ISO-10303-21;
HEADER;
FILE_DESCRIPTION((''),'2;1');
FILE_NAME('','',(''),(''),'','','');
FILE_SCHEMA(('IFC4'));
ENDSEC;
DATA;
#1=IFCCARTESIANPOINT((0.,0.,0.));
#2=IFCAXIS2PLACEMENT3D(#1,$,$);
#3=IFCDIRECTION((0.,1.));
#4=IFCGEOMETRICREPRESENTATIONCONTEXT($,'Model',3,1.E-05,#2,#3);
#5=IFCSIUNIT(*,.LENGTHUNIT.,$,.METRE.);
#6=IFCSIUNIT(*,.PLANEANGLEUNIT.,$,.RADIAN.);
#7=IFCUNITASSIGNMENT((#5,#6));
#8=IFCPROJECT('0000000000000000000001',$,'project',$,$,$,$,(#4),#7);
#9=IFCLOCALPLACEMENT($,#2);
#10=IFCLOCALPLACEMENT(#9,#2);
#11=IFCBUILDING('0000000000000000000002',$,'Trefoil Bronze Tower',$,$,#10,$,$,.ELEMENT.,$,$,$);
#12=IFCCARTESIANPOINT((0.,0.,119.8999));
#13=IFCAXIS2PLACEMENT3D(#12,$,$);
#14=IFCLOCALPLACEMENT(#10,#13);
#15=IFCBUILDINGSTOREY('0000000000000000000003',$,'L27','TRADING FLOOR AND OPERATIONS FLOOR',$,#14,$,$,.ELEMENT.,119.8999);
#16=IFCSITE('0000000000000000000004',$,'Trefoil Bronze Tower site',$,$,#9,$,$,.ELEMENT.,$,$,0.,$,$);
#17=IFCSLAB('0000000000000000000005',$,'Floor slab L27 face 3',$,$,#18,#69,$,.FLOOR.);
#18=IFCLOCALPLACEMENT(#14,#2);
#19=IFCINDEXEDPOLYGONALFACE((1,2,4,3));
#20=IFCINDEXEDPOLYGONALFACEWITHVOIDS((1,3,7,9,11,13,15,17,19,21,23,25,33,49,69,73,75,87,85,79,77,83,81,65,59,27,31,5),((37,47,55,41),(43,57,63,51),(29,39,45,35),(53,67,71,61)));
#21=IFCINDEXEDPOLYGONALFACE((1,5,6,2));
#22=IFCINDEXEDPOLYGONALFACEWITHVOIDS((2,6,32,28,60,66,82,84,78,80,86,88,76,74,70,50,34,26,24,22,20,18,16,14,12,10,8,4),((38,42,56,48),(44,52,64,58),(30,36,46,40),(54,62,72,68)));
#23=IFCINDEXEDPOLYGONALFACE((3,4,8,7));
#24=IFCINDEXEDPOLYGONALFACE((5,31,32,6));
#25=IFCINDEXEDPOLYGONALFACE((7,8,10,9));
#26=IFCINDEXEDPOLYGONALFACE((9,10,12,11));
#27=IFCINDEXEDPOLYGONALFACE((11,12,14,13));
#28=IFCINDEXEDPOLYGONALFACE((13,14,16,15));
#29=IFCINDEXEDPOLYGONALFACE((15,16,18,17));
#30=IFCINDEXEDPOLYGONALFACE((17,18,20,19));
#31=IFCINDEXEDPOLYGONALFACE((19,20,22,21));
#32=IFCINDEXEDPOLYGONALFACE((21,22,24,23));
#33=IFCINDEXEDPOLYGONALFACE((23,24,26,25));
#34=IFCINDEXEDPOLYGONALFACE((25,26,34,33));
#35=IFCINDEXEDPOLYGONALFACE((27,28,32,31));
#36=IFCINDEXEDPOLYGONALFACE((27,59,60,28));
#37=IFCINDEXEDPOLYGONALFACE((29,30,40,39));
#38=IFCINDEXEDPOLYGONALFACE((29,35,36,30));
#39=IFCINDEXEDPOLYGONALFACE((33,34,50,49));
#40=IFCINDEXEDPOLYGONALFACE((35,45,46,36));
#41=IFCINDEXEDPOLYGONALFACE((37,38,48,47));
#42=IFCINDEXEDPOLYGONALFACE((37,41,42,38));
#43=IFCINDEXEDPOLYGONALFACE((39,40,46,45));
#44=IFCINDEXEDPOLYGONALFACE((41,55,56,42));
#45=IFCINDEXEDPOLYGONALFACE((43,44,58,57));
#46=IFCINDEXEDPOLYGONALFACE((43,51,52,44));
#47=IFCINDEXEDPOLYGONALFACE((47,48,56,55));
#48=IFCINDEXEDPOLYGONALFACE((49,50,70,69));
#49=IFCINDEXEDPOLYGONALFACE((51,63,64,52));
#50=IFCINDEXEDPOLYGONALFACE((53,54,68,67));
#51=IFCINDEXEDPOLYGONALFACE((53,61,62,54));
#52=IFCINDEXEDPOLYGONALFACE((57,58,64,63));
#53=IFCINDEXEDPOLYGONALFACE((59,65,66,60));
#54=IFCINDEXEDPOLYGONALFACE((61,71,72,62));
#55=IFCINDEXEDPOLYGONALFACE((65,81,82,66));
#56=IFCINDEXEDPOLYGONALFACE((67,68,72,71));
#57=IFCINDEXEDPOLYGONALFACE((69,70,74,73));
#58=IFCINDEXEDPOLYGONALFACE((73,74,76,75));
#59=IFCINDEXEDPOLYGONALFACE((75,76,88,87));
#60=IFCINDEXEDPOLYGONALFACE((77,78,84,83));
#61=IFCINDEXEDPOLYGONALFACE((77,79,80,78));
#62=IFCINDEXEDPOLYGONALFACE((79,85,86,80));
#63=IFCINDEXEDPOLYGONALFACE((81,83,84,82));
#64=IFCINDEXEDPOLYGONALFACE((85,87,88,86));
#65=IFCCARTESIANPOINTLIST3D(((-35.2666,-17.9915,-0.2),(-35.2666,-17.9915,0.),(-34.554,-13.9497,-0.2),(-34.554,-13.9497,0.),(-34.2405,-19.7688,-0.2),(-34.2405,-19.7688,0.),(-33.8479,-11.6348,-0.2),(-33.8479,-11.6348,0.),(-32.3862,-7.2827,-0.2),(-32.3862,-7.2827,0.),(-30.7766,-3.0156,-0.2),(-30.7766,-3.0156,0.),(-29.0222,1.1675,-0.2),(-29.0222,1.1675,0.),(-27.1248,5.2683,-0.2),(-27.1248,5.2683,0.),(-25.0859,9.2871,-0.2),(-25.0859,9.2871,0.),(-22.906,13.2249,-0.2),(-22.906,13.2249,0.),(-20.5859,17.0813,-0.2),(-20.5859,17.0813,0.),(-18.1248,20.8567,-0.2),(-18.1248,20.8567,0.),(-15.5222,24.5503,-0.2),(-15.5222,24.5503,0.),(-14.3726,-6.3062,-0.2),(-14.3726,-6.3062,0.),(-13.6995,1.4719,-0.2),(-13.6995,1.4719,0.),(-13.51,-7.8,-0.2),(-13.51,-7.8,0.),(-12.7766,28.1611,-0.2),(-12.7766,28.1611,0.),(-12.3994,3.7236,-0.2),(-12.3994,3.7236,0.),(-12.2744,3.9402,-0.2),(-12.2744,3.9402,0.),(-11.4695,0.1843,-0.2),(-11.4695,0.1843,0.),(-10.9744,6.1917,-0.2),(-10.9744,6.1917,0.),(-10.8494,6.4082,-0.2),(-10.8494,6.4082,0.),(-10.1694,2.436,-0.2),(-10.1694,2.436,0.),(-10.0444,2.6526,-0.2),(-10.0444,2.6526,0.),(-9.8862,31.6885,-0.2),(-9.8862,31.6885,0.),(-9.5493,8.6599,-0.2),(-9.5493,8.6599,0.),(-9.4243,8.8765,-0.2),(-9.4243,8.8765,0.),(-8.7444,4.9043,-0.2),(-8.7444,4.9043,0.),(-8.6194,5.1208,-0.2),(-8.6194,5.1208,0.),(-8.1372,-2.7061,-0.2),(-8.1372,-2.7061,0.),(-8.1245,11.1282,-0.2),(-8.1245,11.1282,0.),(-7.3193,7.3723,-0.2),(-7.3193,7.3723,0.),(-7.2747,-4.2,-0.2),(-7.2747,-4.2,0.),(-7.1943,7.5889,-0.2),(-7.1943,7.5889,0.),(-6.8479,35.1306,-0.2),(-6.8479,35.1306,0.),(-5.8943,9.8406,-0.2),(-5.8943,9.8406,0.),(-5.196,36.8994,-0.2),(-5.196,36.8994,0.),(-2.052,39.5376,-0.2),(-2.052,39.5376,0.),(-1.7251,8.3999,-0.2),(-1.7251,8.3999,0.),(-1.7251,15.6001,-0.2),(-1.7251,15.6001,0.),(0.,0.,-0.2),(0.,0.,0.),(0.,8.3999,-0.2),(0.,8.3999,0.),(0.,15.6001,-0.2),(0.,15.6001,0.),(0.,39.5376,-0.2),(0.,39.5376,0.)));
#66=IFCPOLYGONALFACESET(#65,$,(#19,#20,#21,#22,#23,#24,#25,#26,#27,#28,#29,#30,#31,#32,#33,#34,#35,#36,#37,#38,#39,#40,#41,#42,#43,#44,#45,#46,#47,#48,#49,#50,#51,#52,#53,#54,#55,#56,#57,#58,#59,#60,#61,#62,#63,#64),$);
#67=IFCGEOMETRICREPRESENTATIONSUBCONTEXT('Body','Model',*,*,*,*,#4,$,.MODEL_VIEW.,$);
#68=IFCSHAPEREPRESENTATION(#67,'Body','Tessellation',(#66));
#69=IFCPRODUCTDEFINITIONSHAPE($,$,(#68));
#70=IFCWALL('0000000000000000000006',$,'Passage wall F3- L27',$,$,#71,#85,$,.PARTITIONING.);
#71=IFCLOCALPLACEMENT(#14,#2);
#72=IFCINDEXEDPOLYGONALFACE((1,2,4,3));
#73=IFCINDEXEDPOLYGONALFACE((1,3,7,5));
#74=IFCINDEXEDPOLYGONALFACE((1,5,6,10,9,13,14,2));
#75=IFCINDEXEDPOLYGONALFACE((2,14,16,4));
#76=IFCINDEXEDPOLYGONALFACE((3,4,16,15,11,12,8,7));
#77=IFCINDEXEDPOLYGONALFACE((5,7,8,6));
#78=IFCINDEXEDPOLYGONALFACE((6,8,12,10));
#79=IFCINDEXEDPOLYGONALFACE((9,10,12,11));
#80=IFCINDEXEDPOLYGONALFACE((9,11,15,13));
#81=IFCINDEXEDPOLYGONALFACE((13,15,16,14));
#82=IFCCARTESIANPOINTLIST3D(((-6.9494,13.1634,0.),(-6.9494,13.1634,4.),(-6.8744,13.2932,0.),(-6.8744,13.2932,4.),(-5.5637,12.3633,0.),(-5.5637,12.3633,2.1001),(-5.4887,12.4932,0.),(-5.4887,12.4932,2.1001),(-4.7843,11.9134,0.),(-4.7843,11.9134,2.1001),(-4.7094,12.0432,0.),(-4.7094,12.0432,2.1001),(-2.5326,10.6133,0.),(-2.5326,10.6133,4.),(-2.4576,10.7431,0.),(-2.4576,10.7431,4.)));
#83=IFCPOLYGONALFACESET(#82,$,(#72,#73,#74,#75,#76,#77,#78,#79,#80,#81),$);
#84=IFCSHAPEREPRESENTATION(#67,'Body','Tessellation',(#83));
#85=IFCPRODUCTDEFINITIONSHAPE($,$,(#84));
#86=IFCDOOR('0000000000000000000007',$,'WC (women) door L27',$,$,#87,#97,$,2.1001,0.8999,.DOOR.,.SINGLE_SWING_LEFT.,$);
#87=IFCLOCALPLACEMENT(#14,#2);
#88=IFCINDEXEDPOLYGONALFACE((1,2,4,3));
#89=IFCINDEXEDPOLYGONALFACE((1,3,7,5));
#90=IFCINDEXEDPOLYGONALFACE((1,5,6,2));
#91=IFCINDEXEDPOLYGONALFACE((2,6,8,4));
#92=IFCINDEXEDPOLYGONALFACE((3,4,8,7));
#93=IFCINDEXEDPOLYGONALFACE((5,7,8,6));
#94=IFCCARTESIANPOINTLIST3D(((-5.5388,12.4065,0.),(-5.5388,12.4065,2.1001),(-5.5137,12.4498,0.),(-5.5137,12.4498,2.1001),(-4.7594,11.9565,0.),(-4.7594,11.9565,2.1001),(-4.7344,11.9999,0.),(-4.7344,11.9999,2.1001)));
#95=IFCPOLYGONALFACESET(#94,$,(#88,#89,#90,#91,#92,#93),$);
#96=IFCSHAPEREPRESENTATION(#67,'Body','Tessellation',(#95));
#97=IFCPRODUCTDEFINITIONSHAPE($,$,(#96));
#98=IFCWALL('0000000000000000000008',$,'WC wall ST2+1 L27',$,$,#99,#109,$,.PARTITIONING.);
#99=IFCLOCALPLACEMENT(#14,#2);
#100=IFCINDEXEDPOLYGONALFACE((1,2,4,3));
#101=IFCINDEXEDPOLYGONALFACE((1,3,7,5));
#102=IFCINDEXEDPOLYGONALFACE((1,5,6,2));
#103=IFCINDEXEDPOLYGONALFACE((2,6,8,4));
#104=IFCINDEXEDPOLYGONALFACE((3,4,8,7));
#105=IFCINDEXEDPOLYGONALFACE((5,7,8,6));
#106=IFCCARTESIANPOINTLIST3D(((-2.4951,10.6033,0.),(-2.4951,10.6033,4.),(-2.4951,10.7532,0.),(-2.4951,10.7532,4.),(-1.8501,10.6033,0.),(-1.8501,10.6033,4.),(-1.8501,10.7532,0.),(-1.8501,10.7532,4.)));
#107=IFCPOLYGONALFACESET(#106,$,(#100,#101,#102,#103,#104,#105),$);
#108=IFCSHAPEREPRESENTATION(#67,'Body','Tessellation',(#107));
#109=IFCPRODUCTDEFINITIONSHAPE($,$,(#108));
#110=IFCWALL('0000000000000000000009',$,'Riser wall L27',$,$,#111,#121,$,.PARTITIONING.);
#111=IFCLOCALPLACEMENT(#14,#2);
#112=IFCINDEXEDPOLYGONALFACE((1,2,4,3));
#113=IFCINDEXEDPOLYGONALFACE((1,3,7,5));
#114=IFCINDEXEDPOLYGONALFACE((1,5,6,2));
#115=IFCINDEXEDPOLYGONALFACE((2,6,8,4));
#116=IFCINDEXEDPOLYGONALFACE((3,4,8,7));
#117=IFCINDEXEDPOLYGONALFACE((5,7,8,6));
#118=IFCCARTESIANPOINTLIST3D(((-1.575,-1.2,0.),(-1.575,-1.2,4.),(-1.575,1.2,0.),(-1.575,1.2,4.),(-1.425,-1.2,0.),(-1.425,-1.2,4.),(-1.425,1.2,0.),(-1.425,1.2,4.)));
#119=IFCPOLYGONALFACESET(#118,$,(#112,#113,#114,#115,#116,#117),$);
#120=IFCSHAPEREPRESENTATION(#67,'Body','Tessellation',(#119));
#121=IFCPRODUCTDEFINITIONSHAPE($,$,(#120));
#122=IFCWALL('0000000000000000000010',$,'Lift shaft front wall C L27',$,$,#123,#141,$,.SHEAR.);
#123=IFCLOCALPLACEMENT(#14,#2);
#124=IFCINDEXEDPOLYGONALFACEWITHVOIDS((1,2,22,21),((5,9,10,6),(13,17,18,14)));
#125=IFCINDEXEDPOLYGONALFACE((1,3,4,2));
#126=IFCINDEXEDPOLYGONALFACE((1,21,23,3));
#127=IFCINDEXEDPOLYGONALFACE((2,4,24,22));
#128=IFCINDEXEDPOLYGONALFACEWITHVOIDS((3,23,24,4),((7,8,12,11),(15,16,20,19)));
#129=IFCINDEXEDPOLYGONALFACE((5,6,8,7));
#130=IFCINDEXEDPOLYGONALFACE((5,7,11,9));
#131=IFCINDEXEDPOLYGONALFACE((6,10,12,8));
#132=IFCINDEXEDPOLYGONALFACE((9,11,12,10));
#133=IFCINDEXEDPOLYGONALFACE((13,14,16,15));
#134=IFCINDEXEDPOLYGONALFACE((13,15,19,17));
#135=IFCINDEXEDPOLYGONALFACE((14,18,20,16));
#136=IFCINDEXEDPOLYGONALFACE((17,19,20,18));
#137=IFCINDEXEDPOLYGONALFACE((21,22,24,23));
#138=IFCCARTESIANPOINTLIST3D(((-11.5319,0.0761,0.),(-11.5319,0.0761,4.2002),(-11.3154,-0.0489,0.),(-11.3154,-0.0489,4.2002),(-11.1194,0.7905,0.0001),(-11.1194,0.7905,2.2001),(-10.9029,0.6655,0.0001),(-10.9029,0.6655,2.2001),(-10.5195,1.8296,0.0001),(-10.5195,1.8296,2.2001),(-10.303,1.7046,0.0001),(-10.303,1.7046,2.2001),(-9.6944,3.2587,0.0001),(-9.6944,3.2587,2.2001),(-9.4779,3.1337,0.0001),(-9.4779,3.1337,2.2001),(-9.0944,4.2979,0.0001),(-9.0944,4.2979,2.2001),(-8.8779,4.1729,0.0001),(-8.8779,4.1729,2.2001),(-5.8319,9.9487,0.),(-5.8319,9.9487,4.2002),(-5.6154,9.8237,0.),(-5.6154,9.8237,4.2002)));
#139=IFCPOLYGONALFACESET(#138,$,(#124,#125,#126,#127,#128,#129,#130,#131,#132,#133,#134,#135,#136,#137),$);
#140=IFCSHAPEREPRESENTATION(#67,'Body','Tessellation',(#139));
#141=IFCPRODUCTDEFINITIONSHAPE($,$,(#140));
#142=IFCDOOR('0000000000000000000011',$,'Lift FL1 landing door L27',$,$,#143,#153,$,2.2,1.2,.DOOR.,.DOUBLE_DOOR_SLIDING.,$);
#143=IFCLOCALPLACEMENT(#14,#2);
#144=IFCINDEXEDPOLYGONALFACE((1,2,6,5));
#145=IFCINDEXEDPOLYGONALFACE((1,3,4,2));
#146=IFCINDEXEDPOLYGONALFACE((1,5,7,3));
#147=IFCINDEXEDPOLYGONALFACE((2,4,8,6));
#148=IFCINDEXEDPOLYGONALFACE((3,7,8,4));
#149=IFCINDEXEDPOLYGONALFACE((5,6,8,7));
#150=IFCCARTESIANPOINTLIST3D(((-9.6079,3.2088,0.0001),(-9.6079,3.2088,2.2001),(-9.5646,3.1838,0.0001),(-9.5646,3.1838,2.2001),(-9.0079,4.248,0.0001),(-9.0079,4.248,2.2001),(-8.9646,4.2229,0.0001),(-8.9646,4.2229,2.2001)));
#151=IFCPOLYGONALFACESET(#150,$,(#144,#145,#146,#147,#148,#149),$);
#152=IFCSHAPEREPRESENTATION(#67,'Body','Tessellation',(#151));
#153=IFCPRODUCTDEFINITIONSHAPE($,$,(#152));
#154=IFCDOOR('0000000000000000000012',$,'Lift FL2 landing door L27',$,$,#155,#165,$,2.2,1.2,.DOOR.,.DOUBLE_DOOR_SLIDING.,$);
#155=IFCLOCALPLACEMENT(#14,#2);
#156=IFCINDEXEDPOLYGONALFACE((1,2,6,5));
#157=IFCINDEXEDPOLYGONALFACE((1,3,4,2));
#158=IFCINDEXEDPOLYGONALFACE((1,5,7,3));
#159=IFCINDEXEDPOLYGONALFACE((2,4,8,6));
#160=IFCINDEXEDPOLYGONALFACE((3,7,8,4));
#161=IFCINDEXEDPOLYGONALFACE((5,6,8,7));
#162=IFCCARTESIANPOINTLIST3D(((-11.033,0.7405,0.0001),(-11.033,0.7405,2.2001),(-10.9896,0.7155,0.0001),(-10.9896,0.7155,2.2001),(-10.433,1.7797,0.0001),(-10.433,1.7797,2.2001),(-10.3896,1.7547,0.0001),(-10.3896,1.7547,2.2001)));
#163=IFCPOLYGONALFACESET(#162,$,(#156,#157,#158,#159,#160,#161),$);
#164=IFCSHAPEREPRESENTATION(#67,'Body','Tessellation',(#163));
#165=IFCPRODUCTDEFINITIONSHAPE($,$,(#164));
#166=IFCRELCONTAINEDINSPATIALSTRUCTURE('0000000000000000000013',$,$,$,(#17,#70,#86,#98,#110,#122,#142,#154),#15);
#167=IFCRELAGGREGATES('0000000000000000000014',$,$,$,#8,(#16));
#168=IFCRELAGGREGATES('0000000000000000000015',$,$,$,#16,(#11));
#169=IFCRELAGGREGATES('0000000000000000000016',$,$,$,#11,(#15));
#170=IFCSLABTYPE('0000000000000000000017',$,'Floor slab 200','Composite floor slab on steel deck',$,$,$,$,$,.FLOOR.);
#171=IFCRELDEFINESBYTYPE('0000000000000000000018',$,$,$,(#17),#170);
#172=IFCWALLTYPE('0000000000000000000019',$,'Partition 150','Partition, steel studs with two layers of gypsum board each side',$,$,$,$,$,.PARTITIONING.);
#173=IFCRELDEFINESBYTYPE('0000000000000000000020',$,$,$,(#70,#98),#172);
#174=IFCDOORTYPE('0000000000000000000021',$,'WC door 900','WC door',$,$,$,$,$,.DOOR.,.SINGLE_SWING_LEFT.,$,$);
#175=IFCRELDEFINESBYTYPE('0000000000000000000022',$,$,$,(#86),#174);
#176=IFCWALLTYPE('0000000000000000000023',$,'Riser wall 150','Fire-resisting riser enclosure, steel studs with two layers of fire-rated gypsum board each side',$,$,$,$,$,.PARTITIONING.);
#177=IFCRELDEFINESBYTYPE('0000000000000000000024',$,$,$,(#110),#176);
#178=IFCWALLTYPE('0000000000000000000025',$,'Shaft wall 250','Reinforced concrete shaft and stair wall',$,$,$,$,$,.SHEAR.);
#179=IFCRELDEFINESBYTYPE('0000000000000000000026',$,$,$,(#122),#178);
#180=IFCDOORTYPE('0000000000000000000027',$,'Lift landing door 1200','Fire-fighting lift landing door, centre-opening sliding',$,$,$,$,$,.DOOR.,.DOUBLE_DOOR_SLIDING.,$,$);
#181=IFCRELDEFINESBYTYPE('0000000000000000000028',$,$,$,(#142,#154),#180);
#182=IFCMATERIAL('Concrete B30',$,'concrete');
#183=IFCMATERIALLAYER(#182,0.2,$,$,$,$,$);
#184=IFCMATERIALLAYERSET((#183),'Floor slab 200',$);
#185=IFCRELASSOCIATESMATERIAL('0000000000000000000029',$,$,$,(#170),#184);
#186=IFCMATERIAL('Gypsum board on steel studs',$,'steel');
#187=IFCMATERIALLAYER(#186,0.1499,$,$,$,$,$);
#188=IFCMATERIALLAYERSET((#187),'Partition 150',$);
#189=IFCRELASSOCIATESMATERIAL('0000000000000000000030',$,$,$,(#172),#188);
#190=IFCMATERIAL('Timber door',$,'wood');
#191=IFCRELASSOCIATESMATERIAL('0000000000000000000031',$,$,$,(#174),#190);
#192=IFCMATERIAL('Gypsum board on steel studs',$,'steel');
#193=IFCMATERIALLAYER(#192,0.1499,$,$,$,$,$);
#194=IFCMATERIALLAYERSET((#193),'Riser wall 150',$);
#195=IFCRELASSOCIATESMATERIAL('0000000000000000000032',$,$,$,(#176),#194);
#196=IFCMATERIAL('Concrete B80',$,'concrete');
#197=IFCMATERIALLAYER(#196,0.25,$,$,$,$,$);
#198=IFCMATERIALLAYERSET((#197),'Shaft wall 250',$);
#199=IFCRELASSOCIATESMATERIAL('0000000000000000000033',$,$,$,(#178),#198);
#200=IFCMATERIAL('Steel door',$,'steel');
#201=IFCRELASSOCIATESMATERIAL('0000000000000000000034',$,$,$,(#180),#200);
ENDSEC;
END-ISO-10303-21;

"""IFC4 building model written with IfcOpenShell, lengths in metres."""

from ifc_helpers import new_model, si_unit, direction, frame, frame_2d, origin, place, context, subcontext, project, spatial, polyline, rectangle, outline, extrude, material, layer, layer_set, type_object, element, fill, save


model = new_model("IFC4")

# Units and contexts
model_context = context("Model", 3, precision=1e-05, world=origin(), true_north=direction((0.0, 1.0)))
body_context = subcontext(model_context, "Body", "Model", "MODEL_VIEW")
ifc_project = project(units=[si_unit("LENGTHUNIT", "METRE"), si_unit("PLANEANGLEUNIT", "RADIAN")], contexts=[model_context])

# Site, building, storey
site_placement = place(None, origin())
site = spatial("IfcSite", under=ifc_project, at=site_placement, Name="Trefoil Bronze Tower site", CompositionType="ELEMENT", RefElevation=0.0)
building_placement = place(site_placement, origin())
building = spatial("IfcBuilding", under=site, at=building_placement, Name="Trefoil Bronze Tower", CompositionType="ELEMENT")
storey_placement = place(building_placement, frame((0.0, 0.0, 119.8999)))
storey = spatial("IfcBuildingStorey", under=building, at=storey_placement, Name="L27", Description="TRADING FLOOR AND OPERATIONS FLOOR", CompositionType="ELEMENT", Elevation=119.8999)

# Slab
ifc_material_1 = material(Name="Concrete B30", Category="concrete")
ifc_layer_1 = layer(ifc_material_1, 0.2)
ifc_layer_set_1 = layer_set([ifc_layer_1], Name="Floor slab 200")
slab_type = type_object("IfcSlabType", Name="Floor slab 200", Description="Composite floor slab on steel deck", PredefinedType="FLOOR", material=ifc_layer_set_1)
slab_placement = place(storey_placement, frame((0.0, 0.0, -0.2)))
element("IfcSlab", 1, at=slab_placement, inside=storey, type_object=slab_type, Name="Floor slab L27 face 3", PredefinedType="FLOOR", context=body_context, shape_type="SweptSolid", body=[
    extrude(outline(polyline([(-32.3862, -7.2827), (-30.7766, -3.0156), (-29.0222, 1.1675), (-27.1248, 5.2683), (-25.0859, 9.2871), (-22.906, 13.2249), (-20.5859, 17.0813), (-18.1248, 20.8567), (-15.5222, 24.5503), (-12.7766, 28.1611), (-9.8862, 31.6885), (-6.8479, 35.1306), (-5.196, 36.8994), (-2.052, 39.5376), (0.0, 39.5376), (0.0, 15.6001), (-1.7251, 15.6001), (-1.7251, 8.3999), (0.0, 8.3999), (0.0, 0.0), (-7.2747, -4.2), (-8.1372, -2.7061), (-14.3726, -6.3062), (-13.51, -7.8), (-34.2405, -19.7688), (-35.2666, -17.9915), (-34.554, -13.9497), (-33.8479, -11.6348), (-32.3862, -7.2827)]), holes=[polyline([(-5.8943, 9.8406), (-7.1943, 7.5889), (-9.4243, 8.8765), (-8.1245, 11.1282), (-5.8943, 9.8406)]), polyline([(-7.3193, 7.3723), (-8.6194, 5.1208), (-10.8494, 6.4082), (-9.5493, 8.6599), (-7.3193, 7.3723)]), polyline([(-8.7444, 4.9043), (-10.0444, 2.6526), (-12.2744, 3.9402), (-10.9744, 6.1917), (-8.7444, 4.9043)]), polyline([(-10.1694, 2.436), (-11.4695, 0.1843), (-13.6995, 1.4719), (-12.3994, 3.7236), (-10.1694, 2.436)])]), origin(), (0.0, 0.0, 1.0), 0.2),
])

# Wall, opening, door
ifc_material_2 = material(Name="Gypsum board on steel studs", Category="steel")
ifc_layer_2 = layer(ifc_material_2, 0.1499)
ifc_layer_set_2 = layer_set([ifc_layer_2], Name="Partition 150")
wall_type_1 = type_object("IfcWallType", Name="Partition 150", Description="Partition, steel studs with two layers of gypsum board each side", PredefinedType="PARTITIONING", material=ifc_layer_set_2)
wall_1_placement = place(storey_placement, frame((-2.4951, 10.6782, 0.0), z_axis=(0.0, 0.0, 1.0), x_axis=(-0.866022, 0.500006, 0.0)))
wall_1 = element("IfcWall", 2, at=wall_1_placement, inside=storey, type_object=wall_type_1, Name="Passage wall F3- L27", PredefinedType="PARTITIONING", context=body_context, shape_type="SweptSolid", body=[
    extrude(rectangle(XDim=5.1001, YDim=0.1499, at=frame_2d((2.55, 0.0))), origin(), (0.0, 0.0, 1.0), 4.0),
])
opening_1_placement = place(wall_1_placement, frame((2.6001, 0.0, 0.0)))
opening_1 = element("IfcOpeningElement", 3, at=opening_1_placement, cuts=wall_1, PredefinedType="OPENING", context=body_context, shape_type="SweptSolid", body=[
    extrude(rectangle(XDim=0.8999, YDim=2.1001, at=frame_2d((0.45, 1.05))), frame((0.0, 0.085, 0.0), z_axis=(0.0, -1.0, 0.0), x_axis=(1.0, 0.0, 0.0)), (0.0, 0.0, 1.0), 0.1699),
])
ifc_material_3 = material(Name="Timber door", Category="wood")
door_type_1 = type_object("IfcDoorType", Name="WC door 900", Description="WC door", OperationType="SINGLE_SWING_LEFT", PredefinedType="DOOR", material=ifc_material_3)
door_1_placement = place(opening_1_placement, frame((0.8999, 0.0, 0.0), z_axis=(0.0, 0.0, 1.0), x_axis=(-1.0, 0.0, 0.0)))
door_1 = element("IfcDoor", 4, at=door_1_placement, inside=storey, type_object=door_type_1, Name="WC (women) door L27", OperationType="SINGLE_SWING_LEFT", OverallHeight=2.1001, OverallWidth=0.8999, PredefinedType="DOOR", context=body_context, shape_type="SweptSolid", body=[
    extrude(rectangle(XDim=0.8999, YDim=2.1001, at=frame_2d((0.45, 1.05))), frame((0.0, 0.0249, 0.0), z_axis=(0.0, -1.0, 0.0), x_axis=(1.0, 0.0, 0.0)), (0.0, 0.0, 1.0), 0.05),
])
fill(opening_1, door_1)

# Walls
wall_2_placement = place(storey_placement, frame((-2.4951, 10.6782, 0.0), z_axis=(0.0, 0.0, 1.0), x_axis=(1.0, 0.0, 0.0)))
element("IfcWall", 5, at=wall_2_placement, inside=storey, type_object=wall_type_1, Name="WC wall ST2+1 L27", PredefinedType="PARTITIONING", context=body_context, shape_type="SweptSolid", body=[
    extrude(rectangle(XDim=0.645, YDim=0.1499, at=frame_2d((0.3225, 0.0))), origin(), (0.0, 0.0, 1.0), 4.0),
])
ifc_material_4 = material(Name="Gypsum board on steel studs", Category="steel")
ifc_layer_3 = layer(ifc_material_4, 0.1499)
ifc_layer_set_3 = layer_set([ifc_layer_3], Name="Riser wall 150")
wall_type_2 = type_object("IfcWallType", Name="Riser wall 150", Description="Fire-resisting riser enclosure, steel studs with two layers of fire-rated gypsum board each side", PredefinedType="PARTITIONING", material=ifc_layer_set_3)
wall_3_placement = place(storey_placement, frame((-1.5, 1.2, 0.0), z_axis=(0.0, 0.0, 1.0), x_axis=(0.0, -1.0, 0.0)))
element("IfcWall", 6, at=wall_3_placement, inside=storey, type_object=wall_type_2, Name="Riser wall L27", PredefinedType="PARTITIONING", context=body_context, shape_type="SweptSolid", body=[
    extrude(rectangle(XDim=2.3999, YDim=0.1499, at=frame_2d((1.2, 0.0))), origin(), (0.0, 0.0, 1.0), 4.0),
])

# Wall, openings, doors
ifc_material_5 = material(Name="Concrete B80", Category="concrete")
ifc_layer_4 = layer(ifc_material_5, 0.25)
ifc_layer_set_4 = layer_set([ifc_layer_4], Name="Shaft wall 250")
wall_type_3 = type_object("IfcWallType", Name="Shaft wall 250", Description="Reinforced concrete shaft and stair wall", PredefinedType="SHEAR", material=ifc_layer_set_4)
wall_4_placement = place(storey_placement, frame((-5.7236, 9.8862, 0.0), z_axis=(0.0, 0.0, 1.0), x_axis=(-0.500002, -0.866024, 0.0)))
wall_4 = element("IfcWall", 7, at=wall_4_placement, inside=storey, type_object=wall_type_3, Name="Lift shaft front wall C L27", PredefinedType="SHEAR", context=body_context, shape_type="SweptSolid", body=[
    extrude(rectangle(XDim=11.3999, YDim=0.25, at=frame_2d((5.7, 0.0))), origin(), (0.0, 0.0, 1.0), 4.2002),
])
opening_2_placement = place(wall_4_placement, frame((6.5249, 0.0, 0.0)))
opening_2 = element("IfcOpeningElement", 8, at=opening_2_placement, cuts=wall_4, PredefinedType="OPENING", context=body_context, shape_type="SweptSolid", body=[
    extrude(rectangle(XDim=1.2, YDim=2.2, at=frame_2d((0.6001, 1.1001))), frame((0.0, 0.135, 0.0), z_axis=(0.0, -1.0, 0.0), x_axis=(1.0, 0.0, 0.0)), (0.0, 0.0, 1.0), 0.27),
])
opening_3_placement = place(wall_4_placement, frame((9.375, 0.0, 0.0)))
opening_3 = element("IfcOpeningElement", 9, at=opening_3_placement, cuts=wall_4, PredefinedType="OPENING", context=body_context, shape_type="SweptSolid", body=[
    extrude(rectangle(XDim=1.2, YDim=2.2, at=frame_2d((0.6001, 1.1001))), frame((0.0, 0.135, 0.0), z_axis=(0.0, -1.0, 0.0), x_axis=(1.0, 0.0, 0.0)), (0.0, 0.0, 1.0), 0.27),
])
ifc_material_6 = material(Name="Steel door", Category="steel")
door_type_2 = type_object("IfcDoorType", Name="Lift landing door 1200", Description="Fire-fighting lift landing door, centre-opening sliding", OperationType="DOUBLE_DOOR_SLIDING", PredefinedType="DOOR", material=ifc_material_6)
door_2_placement = place(opening_2_placement, origin())
door_2 = element("IfcDoor", 10, at=door_2_placement, inside=storey, type_object=door_type_2, Name="Lift FL1 landing door L27", OperationType="DOUBLE_DOOR_SLIDING", OverallHeight=2.2, OverallWidth=1.2, PredefinedType="DOOR", context=body_context, shape_type="SweptSolid", body=[
    extrude(rectangle(XDim=1.2, YDim=2.2, at=frame_2d((0.6001, 1.1001))), frame((0.0, 0.0249, 0.0), z_axis=(0.0, -1.0, 0.0), x_axis=(1.0, 0.0, 0.0)), (0.0, 0.0, 1.0), 0.05),
])
fill(opening_2, door_2)
door_3_placement = place(opening_3_placement, origin())
door_3 = element("IfcDoor", 11, at=door_3_placement, inside=storey, type_object=door_type_2, Name="Lift FL2 landing door L27", OperationType="DOUBLE_DOOR_SLIDING", OverallHeight=2.2, OverallWidth=1.2, PredefinedType="DOOR", context=body_context, shape_type="SweptSolid", body=[
    extrude(rectangle(XDim=1.2, YDim=2.2, at=frame_2d((0.6001, 1.1001))), frame((0.0, 0.0249, 0.0), z_axis=(0.0, -1.0, 0.0), x_axis=(1.0, 0.0, 0.0)), (0.0, 0.0, 1.0), 0.05),
])
fill(opening_3, door_3)

save(model, "model.ifc")
